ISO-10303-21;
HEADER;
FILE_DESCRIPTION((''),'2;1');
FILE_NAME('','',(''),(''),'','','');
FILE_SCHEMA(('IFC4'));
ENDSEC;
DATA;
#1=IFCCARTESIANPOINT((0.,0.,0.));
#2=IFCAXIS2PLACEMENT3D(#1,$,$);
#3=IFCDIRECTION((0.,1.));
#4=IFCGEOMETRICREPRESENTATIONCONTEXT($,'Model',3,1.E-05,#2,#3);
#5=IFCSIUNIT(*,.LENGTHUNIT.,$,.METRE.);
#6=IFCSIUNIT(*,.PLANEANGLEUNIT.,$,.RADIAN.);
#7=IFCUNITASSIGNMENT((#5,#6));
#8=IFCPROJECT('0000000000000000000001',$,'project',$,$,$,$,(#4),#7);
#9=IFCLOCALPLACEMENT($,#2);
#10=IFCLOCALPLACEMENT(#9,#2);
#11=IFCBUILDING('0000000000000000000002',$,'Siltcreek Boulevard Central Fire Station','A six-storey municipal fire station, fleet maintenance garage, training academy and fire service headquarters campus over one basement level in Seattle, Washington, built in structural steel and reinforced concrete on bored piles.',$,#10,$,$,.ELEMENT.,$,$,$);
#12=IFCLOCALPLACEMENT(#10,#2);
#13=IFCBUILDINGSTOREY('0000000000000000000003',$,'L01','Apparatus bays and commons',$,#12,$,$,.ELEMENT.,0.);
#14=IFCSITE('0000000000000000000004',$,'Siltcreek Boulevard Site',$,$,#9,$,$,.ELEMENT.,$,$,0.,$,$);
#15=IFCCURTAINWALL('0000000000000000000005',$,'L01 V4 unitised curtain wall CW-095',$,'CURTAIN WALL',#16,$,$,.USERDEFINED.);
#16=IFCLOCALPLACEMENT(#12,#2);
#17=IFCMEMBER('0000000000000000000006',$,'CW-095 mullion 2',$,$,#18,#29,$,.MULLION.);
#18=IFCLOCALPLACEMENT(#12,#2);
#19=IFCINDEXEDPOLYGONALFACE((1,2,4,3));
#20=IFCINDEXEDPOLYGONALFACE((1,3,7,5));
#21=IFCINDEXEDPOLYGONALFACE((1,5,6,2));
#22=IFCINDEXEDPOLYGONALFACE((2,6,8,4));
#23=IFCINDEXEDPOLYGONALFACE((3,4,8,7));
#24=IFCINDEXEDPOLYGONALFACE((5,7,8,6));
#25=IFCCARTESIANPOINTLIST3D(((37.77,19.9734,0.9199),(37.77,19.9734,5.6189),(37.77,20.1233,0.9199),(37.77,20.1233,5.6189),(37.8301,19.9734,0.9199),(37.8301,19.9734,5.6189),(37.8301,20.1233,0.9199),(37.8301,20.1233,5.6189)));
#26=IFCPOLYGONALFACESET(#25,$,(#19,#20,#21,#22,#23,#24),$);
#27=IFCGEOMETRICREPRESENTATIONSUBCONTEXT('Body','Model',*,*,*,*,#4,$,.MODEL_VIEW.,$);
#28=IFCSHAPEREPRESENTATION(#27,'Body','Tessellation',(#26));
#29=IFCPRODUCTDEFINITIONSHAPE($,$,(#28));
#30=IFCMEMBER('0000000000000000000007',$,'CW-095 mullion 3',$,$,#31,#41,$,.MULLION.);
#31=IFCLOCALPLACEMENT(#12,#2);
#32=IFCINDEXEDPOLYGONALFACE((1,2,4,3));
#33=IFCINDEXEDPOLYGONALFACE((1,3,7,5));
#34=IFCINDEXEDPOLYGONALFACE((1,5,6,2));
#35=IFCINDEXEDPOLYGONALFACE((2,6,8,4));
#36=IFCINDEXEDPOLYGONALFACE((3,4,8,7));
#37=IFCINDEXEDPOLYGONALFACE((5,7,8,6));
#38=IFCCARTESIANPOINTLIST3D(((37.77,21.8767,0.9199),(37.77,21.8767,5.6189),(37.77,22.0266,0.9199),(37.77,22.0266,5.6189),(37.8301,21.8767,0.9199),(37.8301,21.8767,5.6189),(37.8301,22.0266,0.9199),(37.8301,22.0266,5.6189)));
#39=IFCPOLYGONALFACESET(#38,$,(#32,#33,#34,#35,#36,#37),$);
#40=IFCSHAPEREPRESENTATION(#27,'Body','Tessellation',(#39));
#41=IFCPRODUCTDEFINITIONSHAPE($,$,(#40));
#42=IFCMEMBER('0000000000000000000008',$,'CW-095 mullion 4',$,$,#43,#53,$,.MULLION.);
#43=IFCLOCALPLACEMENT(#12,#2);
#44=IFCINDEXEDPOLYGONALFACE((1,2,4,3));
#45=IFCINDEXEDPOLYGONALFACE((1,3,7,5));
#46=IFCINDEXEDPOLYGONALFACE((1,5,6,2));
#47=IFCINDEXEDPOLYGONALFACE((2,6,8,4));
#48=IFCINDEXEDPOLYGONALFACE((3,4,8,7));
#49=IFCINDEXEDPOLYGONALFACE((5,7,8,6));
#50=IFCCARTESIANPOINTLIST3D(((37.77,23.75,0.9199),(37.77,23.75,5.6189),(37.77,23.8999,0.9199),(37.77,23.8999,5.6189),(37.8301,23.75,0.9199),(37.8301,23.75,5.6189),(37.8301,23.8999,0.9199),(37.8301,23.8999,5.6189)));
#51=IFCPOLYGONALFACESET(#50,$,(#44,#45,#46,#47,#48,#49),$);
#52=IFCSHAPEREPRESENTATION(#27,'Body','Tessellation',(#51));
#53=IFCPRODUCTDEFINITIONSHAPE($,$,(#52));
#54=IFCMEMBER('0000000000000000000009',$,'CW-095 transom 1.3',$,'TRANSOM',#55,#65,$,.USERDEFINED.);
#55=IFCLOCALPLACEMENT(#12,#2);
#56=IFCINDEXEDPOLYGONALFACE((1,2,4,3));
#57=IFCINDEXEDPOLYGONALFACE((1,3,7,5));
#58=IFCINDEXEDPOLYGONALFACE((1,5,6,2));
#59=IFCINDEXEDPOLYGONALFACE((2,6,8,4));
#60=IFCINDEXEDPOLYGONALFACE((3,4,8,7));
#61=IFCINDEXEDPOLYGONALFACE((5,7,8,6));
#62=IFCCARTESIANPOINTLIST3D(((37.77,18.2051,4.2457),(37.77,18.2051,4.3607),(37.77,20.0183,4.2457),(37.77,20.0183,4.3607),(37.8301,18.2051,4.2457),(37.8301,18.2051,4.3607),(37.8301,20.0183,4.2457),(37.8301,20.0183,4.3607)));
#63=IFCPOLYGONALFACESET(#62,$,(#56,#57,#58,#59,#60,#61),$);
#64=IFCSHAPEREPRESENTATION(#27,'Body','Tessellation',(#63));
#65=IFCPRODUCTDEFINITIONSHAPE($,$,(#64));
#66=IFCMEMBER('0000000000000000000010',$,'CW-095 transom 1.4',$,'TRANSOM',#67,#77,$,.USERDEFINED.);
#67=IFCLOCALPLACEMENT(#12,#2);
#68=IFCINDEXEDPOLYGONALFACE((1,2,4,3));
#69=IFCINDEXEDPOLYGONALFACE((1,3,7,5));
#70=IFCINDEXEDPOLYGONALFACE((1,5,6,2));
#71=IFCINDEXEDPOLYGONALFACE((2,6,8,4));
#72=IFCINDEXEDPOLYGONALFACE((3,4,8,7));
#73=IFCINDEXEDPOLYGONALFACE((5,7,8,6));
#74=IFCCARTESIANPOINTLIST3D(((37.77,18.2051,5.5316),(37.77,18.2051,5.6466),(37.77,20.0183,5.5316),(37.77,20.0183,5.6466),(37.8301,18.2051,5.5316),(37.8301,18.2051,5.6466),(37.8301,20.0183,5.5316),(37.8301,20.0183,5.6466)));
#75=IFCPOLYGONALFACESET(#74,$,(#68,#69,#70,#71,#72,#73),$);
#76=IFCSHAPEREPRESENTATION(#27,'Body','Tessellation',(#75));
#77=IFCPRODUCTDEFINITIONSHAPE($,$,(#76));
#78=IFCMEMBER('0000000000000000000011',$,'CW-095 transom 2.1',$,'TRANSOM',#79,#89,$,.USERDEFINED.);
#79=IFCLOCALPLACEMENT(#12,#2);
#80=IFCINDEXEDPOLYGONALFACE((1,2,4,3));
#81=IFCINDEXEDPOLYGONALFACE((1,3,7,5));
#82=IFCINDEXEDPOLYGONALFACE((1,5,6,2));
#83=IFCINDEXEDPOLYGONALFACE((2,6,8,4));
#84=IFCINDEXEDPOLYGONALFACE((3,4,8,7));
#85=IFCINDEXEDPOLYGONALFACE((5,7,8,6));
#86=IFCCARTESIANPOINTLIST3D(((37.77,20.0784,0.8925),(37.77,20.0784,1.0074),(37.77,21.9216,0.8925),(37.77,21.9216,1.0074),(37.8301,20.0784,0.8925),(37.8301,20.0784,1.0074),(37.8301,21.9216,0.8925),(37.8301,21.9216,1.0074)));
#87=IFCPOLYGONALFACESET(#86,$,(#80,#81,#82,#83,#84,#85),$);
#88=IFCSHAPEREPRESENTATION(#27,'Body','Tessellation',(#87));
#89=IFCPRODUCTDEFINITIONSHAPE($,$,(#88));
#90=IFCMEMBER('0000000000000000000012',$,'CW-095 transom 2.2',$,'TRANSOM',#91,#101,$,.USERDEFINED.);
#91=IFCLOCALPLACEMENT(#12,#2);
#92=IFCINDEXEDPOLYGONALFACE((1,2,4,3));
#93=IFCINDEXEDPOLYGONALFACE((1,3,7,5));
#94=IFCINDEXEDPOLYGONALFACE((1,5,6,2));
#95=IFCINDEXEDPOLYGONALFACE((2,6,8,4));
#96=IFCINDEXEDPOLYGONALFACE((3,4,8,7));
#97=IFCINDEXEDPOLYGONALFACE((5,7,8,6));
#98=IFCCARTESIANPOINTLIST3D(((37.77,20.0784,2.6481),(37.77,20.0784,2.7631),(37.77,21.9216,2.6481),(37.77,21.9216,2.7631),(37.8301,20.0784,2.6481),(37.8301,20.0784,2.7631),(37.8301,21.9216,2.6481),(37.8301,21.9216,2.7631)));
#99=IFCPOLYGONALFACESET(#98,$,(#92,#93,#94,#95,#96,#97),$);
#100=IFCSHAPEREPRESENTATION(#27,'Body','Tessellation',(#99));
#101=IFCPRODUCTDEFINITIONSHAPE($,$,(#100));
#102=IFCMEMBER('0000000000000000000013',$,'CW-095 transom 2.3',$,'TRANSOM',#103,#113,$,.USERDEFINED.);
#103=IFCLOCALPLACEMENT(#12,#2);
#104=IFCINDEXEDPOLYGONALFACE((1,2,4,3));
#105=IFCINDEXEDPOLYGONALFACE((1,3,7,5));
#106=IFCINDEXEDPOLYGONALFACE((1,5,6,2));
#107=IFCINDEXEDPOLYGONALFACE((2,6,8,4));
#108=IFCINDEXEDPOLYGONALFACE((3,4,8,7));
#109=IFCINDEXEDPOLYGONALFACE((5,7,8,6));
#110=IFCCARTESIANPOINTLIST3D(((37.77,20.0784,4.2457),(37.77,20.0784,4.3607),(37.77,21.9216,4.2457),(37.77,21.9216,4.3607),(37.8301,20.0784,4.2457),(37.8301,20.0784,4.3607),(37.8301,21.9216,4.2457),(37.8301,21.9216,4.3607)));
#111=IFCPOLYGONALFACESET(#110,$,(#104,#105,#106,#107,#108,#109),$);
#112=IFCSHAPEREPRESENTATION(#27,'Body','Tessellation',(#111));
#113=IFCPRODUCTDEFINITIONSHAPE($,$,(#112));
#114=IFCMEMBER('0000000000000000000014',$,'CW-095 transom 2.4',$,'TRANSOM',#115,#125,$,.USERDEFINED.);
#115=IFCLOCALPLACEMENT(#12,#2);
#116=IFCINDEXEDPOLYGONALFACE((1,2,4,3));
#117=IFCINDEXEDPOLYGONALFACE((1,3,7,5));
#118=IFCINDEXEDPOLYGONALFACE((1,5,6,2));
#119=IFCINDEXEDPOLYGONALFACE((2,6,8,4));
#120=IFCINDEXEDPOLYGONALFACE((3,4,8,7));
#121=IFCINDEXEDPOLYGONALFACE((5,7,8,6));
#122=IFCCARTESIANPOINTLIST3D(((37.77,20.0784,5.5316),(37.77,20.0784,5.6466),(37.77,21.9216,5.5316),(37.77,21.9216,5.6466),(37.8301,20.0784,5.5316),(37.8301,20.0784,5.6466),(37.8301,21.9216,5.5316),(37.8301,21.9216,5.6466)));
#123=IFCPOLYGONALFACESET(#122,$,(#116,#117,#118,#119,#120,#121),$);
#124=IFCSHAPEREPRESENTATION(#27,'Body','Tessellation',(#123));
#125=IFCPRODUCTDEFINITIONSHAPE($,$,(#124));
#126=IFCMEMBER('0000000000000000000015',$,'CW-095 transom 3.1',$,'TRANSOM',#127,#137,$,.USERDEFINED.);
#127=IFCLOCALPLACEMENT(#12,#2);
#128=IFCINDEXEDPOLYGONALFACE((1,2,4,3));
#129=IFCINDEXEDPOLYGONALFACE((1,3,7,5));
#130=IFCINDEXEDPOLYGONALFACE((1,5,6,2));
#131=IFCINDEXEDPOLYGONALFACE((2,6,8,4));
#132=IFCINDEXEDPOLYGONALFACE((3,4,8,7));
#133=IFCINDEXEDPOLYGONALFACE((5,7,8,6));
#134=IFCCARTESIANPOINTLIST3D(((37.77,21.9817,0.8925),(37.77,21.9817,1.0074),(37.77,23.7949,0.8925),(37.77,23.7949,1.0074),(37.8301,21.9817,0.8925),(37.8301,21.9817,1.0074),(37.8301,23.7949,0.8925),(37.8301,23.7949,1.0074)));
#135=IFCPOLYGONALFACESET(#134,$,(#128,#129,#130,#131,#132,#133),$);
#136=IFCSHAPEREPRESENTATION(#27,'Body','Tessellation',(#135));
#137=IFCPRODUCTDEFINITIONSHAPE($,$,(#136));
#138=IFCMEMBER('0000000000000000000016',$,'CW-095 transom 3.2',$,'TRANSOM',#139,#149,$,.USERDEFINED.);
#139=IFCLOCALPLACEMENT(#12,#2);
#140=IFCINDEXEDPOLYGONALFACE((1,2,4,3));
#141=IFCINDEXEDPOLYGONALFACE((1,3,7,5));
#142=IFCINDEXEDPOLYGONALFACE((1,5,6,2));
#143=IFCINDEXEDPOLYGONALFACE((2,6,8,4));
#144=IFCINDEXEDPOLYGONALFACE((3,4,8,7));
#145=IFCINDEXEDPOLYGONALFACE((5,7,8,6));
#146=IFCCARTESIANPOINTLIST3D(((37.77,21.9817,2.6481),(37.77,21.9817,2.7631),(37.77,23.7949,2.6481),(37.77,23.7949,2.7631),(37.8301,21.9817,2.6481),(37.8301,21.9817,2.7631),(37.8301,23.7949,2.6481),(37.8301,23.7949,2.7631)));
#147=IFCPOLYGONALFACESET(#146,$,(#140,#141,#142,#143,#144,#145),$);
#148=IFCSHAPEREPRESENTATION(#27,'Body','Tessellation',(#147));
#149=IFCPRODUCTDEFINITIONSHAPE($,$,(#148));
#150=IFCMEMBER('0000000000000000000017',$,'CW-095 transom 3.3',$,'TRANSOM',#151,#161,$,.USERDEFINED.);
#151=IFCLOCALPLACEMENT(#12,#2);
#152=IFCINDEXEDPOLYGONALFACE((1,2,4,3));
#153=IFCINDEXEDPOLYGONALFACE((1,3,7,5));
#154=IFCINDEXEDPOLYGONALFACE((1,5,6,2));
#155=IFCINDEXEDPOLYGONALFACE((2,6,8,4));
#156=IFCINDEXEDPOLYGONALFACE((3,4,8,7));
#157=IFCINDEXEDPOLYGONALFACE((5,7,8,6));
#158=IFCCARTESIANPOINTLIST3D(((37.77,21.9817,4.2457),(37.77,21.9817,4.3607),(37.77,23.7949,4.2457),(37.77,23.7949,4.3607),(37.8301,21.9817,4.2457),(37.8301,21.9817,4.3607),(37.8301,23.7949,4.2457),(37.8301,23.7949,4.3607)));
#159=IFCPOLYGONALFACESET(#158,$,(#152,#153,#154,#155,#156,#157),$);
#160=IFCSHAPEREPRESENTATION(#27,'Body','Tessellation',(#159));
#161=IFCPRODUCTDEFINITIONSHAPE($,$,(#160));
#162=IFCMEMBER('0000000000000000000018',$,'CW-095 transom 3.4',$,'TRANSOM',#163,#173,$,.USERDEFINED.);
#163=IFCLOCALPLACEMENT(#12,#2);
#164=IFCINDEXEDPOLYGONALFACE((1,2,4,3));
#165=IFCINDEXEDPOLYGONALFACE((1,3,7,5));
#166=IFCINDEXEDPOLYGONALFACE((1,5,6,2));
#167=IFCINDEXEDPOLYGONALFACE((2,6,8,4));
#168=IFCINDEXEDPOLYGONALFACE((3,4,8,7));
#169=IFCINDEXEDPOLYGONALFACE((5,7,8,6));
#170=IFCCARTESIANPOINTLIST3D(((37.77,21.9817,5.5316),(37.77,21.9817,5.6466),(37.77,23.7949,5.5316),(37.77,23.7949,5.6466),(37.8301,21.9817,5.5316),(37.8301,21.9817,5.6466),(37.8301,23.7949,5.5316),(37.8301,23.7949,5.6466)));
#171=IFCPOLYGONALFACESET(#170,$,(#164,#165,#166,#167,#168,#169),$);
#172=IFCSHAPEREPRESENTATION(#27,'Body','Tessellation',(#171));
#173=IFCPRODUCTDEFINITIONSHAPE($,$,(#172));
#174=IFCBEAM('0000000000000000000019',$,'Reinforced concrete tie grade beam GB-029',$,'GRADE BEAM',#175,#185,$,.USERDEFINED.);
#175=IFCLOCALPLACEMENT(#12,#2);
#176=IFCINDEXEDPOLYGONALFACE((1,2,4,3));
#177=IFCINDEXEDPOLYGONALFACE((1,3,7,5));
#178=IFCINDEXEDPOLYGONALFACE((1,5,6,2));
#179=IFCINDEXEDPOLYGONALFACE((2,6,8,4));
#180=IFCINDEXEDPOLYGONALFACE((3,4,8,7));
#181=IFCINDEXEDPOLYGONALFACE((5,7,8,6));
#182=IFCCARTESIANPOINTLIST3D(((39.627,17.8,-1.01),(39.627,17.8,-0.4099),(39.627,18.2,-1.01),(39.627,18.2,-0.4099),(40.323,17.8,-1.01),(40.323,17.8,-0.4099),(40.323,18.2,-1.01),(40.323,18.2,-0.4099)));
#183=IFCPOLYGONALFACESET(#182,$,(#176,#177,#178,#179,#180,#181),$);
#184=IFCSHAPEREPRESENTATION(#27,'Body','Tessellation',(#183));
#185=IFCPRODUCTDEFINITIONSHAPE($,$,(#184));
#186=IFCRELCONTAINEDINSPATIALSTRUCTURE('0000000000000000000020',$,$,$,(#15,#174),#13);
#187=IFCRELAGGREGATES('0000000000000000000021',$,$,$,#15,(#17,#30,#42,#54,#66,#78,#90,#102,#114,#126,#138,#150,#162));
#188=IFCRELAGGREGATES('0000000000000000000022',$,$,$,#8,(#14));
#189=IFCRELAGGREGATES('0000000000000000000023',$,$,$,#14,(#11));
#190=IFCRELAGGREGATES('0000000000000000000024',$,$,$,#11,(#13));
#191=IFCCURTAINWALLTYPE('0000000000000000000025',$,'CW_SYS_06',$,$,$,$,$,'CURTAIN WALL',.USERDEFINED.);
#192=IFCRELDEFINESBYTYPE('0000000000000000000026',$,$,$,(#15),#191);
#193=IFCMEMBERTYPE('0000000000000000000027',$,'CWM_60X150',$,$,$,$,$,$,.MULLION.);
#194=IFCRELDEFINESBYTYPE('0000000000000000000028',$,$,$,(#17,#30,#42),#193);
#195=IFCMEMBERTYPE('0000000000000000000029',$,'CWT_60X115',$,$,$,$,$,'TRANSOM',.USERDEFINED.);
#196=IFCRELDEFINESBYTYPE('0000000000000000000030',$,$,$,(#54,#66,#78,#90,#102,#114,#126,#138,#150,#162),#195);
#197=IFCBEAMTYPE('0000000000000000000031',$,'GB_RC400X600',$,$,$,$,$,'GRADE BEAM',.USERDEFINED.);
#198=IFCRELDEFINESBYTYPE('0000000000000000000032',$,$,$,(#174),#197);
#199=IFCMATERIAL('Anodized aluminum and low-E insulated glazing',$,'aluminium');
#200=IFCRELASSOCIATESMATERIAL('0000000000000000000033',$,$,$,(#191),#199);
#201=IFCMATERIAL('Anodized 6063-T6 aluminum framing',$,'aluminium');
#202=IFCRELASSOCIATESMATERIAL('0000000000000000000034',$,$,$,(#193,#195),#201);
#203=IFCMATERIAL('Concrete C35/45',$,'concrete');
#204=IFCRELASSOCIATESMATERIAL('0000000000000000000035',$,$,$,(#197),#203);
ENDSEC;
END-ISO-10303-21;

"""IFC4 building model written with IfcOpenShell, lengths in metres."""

from ifc_helpers import new_model, si_unit, direction, frame, origin, origin_2d, place, context, subcontext, project, spatial, rectangle, extrude, material, material_profile, profile_set, type_object, element, aggregate, save


model = new_model("IFC4")

# Units and contexts
model_context = context("Model", 3, precision=1e-05, world=origin(), true_north=direction((0.0, 1.0)))
body_context = subcontext(model_context, "Body", "Model", "MODEL_VIEW")
ifc_project = project(units=[si_unit("LENGTHUNIT", "METRE"), si_unit("PLANEANGLEUNIT", "RADIAN")], contexts=[model_context])

# Site, building, storey
site_placement = place(None, origin())
site = spatial("IfcSite", under=ifc_project, at=site_placement, Name="Siltcreek Boulevard Site", CompositionType="ELEMENT", RefElevation=0.0)
building_placement = place(site_placement, origin())
building = spatial("IfcBuilding", under=site, at=building_placement, Name="Siltcreek Boulevard Central Fire Station", Description="A six-storey municipal fire station, fleet maintenance garage, training academy and fire service headquarters campus over one basement level in Seattle, Washington, built in structural steel and reinforced concrete on bored piles.", CompositionType="ELEMENT")
storey_placement = place(building_placement, origin())
storey = spatial("IfcBuildingStorey", under=building, at=storey_placement, Name="L01", Description="Apparatus bays and commons", CompositionType="ELEMENT", Elevation=0.0)

# Shared definitions
ifc_material_1 = material(Name="Concrete C35/45", Category="concrete")

# Curtain wall, members
ifc_material_2 = material(Name="Anodized aluminum and low-E insulated glazing", Category="aluminium")
curtain_wall_type = type_object("IfcCurtainWallType", Name="CW_SYS_06", ElementType="CURTAIN WALL", PredefinedType="USERDEFINED", material=ifc_material_2)
curtain_wall_placement = place(storey_placement, origin())
curtain_wall = element("IfcCurtainWall", 1, at=curtain_wall_placement, inside=storey, type_object=curtain_wall_type, Name="L01 V4 unitised curtain wall CW-095", ObjectType="CURTAIN WALL", PredefinedType="USERDEFINED")
ifc_material_3 = material(Name="Anodized 6063-T6 aluminum framing", Category="aluminium")
ifc_material_profile_1 = material_profile(ifc_material_3, rectangle(XDim=0.0601, YDim=0.1499, at=origin_2d()), Name="MULL60X150")
ifc_profile_set_1 = profile_set([ifc_material_profile_1], Name="Anodized 6063-T6 aluminum framing")
member_type_1 = type_object("IfcMemberType", Name="CWM_60X150", PredefinedType="MULLION", material=ifc_profile_set_1)
member_1_placement = place(storey_placement, frame((37.8, 20.0483, 0.9199), z_axis=(0.0, 0.0, 1.0), x_axis=(-1.0, 0.0, 0.0)))
member_1 = element("IfcMember", 2, at=member_1_placement, type_object=member_type_1, Name="CW-095 mullion 2", PredefinedType="MULLION", context=body_context, shape_type="SweptSolid", body=[
    extrude(rectangle(XDim=0.0601, YDim=0.1499, at=origin_2d()), origin(), (0.0, 0.0, 1.0), 4.699),
])
member_2_placement = place(storey_placement, frame((37.8, 21.9517, 0.9199), z_axis=(0.0, 0.0, 1.0), x_axis=(-1.0, 0.0, 0.0)))
member_2 = element("IfcMember", 3, at=member_2_placement, type_object=member_type_1, Name="CW-095 mullion 3", PredefinedType="MULLION", context=body_context, shape_type="SweptSolid", body=[
    extrude(rectangle(XDim=0.0601, YDim=0.1499, at=origin_2d()), origin(), (0.0, 0.0, 1.0), 4.699),
])
member_3_placement = place(storey_placement, frame((37.8, 23.825, 0.9199), z_axis=(0.0, 0.0, 1.0), x_axis=(-1.0, 0.0, 0.0)))
member_3 = element("IfcMember", 4, at=member_3_placement, type_object=member_type_1, Name="CW-095 mullion 4", PredefinedType="MULLION", context=body_context, shape_type="SweptSolid", body=[
    extrude(rectangle(XDim=0.0601, YDim=0.1499, at=origin_2d()), origin(), (0.0, 0.0, 1.0), 4.699),
])
ifc_material_profile_2 = material_profile(ifc_material_3, rectangle(XDim=0.0601, YDim=0.115, at=origin_2d()), Name="TRAN60X115")
ifc_profile_set_2 = profile_set([ifc_material_profile_2], Name="Anodized 6063-T6 aluminum framing")
member_type_2 = type_object("IfcMemberType", Name="CWT_60X115", ElementType="TRANSOM", PredefinedType="USERDEFINED", material=ifc_profile_set_2)
member_4_placement = place(storey_placement, frame((37.8, 18.2051, 4.3032), z_axis=(0.0, 1.0, 0.0), x_axis=(-1.0, 0.0, 0.0)))
member_4 = element("IfcMember", 5, at=member_4_placement, type_object=member_type_2, Name="CW-095 transom 1.3", ObjectType="TRANSOM", PredefinedType="USERDEFINED", context=body_context, shape_type="SweptSolid", body=[
    extrude(rectangle(XDim=0.0601, YDim=0.115, at=origin_2d()), origin(), (0.0, 0.0, 1.0), 1.8132),
])
member_5_placement = place(storey_placement, frame((37.8, 18.2051, 5.5891), z_axis=(0.0, 1.0, 0.0), x_axis=(-1.0, 0.0, 0.0)))
member_5 = element("IfcMember", 6, at=member_5_placement, type_object=member_type_2, Name="CW-095 transom 1.4", ObjectType="TRANSOM", PredefinedType="USERDEFINED", context=body_context, shape_type="SweptSolid", body=[
    extrude(rectangle(XDim=0.0601, YDim=0.115, at=origin_2d()), origin(), (0.0, 0.0, 1.0), 1.8132),
])
member_6_placement = place(storey_placement, frame((37.8, 20.0784, 0.95), z_axis=(0.0, 1.0, 0.0), x_axis=(-1.0, 0.0, 0.0)))
member_6 = element("IfcMember", 7, at=member_6_placement, type_object=member_type_2, Name="CW-095 transom 2.1", ObjectType="TRANSOM", PredefinedType="USERDEFINED", context=body_context, shape_type="SweptSolid", body=[
    extrude(rectangle(XDim=0.0601, YDim=0.115, at=origin_2d()), origin(), (0.0, 0.0, 1.0), 1.8433),
])
member_7_placement = place(storey_placement, frame((37.8, 20.0784, 2.7056), z_axis=(0.0, 1.0, 0.0), x_axis=(-1.0, 0.0, 0.0)))
member_7 = element("IfcMember", 8, at=member_7_placement, type_object=member_type_2, Name="CW-095 transom 2.2", ObjectType="TRANSOM", PredefinedType="USERDEFINED", context=body_context, shape_type="SweptSolid", body=[
    extrude(rectangle(XDim=0.0601, YDim=0.115, at=origin_2d()), origin(), (0.0, 0.0, 1.0), 1.8433),
])
member_8_placement = place(storey_placement, frame((37.8, 20.0784, 4.3032), z_axis=(0.0, 1.0, 0.0), x_axis=(-1.0, 0.0, 0.0)))
member_8 = element("IfcMember", 9, at=member_8_placement, type_object=member_type_2, Name="CW-095 transom 2.3", ObjectType="TRANSOM", PredefinedType="USERDEFINED", context=body_context, shape_type="SweptSolid", body=[
    extrude(rectangle(XDim=0.0601, YDim=0.115, at=origin_2d()), origin(), (0.0, 0.0, 1.0), 1.8433),
])
member_9_placement = place(storey_placement, frame((37.8, 20.0784, 5.5891), z_axis=(0.0, 1.0, 0.0), x_axis=(-1.0, 0.0, 0.0)))
member_9 = element("IfcMember", 10, at=member_9_placement, type_object=member_type_2, Name="CW-095 transom 2.4", ObjectType="TRANSOM", PredefinedType="USERDEFINED", context=body_context, shape_type="SweptSolid", body=[
    extrude(rectangle(XDim=0.0601, YDim=0.115, at=origin_2d()), origin(), (0.0, 0.0, 1.0), 1.8433),
])
member_10_placement = place(storey_placement, frame((37.8, 21.9817, 0.95), z_axis=(0.0, 1.0, 0.0), x_axis=(-1.0, 0.0, 0.0)))
member_10 = element("IfcMember", 11, at=member_10_placement, type_object=member_type_2, Name="CW-095 transom 3.1", ObjectType="TRANSOM", PredefinedType="USERDEFINED", context=body_context, shape_type="SweptSolid", body=[
    extrude(rectangle(XDim=0.0601, YDim=0.115, at=origin_2d()), origin(), (0.0, 0.0, 1.0), 1.8132),
])
member_11_placement = place(storey_placement, frame((37.8, 21.9817, 2.7056), z_axis=(0.0, 1.0, 0.0), x_axis=(-1.0, 0.0, 0.0)))
member_11 = element("IfcMember", 12, at=member_11_placement, type_object=member_type_2, Name="CW-095 transom 3.2", ObjectType="TRANSOM", PredefinedType="USERDEFINED", context=body_context, shape_type="SweptSolid", body=[
    extrude(rectangle(XDim=0.0601, YDim=0.115, at=origin_2d()), origin(), (0.0, 0.0, 1.0), 1.8132),
])
member_12_placement = place(storey_placement, frame((37.8, 21.9817, 4.3032), z_axis=(0.0, 1.0, 0.0), x_axis=(-1.0, 0.0, 0.0)))
member_12 = element("IfcMember", 13, at=member_12_placement, type_object=member_type_2, Name="CW-095 transom 3.3", ObjectType="TRANSOM", PredefinedType="USERDEFINED", context=body_context, shape_type="SweptSolid", body=[
    extrude(rectangle(XDim=0.0601, YDim=0.115, at=origin_2d()), origin(), (0.0, 0.0, 1.0), 1.8132),
])
member_13_placement = place(storey_placement, frame((37.8, 21.9817, 5.5891), z_axis=(0.0, 1.0, 0.0), x_axis=(-1.0, 0.0, 0.0)))
member_13 = element("IfcMember", 14, at=member_13_placement, type_object=member_type_2, Name="CW-095 transom 3.4", ObjectType="TRANSOM", PredefinedType="USERDEFINED", context=body_context, shape_type="SweptSolid", body=[
    extrude(rectangle(XDim=0.0601, YDim=0.115, at=origin_2d()), origin(), (0.0, 0.0, 1.0), 1.8132),
])

# Beam
ifc_material_profile_3 = material_profile(ifc_material_1, rectangle(XDim=0.3999, YDim=0.6001, at=origin_2d()), Name="RC400X600")
ifc_profile_set_3 = profile_set([ifc_material_profile_3], Name="Concrete C35/45")
beam_type = type_object("IfcBeamType", Name="GB_RC400X600", ElementType="GRADE BEAM", PredefinedType="USERDEFINED", material=ifc_profile_set_3)
beam_placement = place(storey_placement, frame((39.627, 18.0, -0.71), z_axis=(1.0, 0.0, 0.0), x_axis=(0.0, 1.0, 0.0)))
element("IfcBeam", 15, at=beam_placement, inside=storey, type_object=beam_type, Name="Reinforced concrete tie grade beam GB-029", ObjectType="GRADE BEAM", PredefinedType="USERDEFINED", context=body_context, shape_type="SweptSolid", body=[
    extrude(rectangle(XDim=0.3999, YDim=0.6001, at=origin_2d()), origin(), (0.0, 0.0, 1.0), 0.696),
])

aggregate(curtain_wall, [member_1, member_2, member_3, member_4, member_5, member_6, member_7, member_8, member_9, member_10, member_11, member_12, member_13])

save(model, "model.ifc")
